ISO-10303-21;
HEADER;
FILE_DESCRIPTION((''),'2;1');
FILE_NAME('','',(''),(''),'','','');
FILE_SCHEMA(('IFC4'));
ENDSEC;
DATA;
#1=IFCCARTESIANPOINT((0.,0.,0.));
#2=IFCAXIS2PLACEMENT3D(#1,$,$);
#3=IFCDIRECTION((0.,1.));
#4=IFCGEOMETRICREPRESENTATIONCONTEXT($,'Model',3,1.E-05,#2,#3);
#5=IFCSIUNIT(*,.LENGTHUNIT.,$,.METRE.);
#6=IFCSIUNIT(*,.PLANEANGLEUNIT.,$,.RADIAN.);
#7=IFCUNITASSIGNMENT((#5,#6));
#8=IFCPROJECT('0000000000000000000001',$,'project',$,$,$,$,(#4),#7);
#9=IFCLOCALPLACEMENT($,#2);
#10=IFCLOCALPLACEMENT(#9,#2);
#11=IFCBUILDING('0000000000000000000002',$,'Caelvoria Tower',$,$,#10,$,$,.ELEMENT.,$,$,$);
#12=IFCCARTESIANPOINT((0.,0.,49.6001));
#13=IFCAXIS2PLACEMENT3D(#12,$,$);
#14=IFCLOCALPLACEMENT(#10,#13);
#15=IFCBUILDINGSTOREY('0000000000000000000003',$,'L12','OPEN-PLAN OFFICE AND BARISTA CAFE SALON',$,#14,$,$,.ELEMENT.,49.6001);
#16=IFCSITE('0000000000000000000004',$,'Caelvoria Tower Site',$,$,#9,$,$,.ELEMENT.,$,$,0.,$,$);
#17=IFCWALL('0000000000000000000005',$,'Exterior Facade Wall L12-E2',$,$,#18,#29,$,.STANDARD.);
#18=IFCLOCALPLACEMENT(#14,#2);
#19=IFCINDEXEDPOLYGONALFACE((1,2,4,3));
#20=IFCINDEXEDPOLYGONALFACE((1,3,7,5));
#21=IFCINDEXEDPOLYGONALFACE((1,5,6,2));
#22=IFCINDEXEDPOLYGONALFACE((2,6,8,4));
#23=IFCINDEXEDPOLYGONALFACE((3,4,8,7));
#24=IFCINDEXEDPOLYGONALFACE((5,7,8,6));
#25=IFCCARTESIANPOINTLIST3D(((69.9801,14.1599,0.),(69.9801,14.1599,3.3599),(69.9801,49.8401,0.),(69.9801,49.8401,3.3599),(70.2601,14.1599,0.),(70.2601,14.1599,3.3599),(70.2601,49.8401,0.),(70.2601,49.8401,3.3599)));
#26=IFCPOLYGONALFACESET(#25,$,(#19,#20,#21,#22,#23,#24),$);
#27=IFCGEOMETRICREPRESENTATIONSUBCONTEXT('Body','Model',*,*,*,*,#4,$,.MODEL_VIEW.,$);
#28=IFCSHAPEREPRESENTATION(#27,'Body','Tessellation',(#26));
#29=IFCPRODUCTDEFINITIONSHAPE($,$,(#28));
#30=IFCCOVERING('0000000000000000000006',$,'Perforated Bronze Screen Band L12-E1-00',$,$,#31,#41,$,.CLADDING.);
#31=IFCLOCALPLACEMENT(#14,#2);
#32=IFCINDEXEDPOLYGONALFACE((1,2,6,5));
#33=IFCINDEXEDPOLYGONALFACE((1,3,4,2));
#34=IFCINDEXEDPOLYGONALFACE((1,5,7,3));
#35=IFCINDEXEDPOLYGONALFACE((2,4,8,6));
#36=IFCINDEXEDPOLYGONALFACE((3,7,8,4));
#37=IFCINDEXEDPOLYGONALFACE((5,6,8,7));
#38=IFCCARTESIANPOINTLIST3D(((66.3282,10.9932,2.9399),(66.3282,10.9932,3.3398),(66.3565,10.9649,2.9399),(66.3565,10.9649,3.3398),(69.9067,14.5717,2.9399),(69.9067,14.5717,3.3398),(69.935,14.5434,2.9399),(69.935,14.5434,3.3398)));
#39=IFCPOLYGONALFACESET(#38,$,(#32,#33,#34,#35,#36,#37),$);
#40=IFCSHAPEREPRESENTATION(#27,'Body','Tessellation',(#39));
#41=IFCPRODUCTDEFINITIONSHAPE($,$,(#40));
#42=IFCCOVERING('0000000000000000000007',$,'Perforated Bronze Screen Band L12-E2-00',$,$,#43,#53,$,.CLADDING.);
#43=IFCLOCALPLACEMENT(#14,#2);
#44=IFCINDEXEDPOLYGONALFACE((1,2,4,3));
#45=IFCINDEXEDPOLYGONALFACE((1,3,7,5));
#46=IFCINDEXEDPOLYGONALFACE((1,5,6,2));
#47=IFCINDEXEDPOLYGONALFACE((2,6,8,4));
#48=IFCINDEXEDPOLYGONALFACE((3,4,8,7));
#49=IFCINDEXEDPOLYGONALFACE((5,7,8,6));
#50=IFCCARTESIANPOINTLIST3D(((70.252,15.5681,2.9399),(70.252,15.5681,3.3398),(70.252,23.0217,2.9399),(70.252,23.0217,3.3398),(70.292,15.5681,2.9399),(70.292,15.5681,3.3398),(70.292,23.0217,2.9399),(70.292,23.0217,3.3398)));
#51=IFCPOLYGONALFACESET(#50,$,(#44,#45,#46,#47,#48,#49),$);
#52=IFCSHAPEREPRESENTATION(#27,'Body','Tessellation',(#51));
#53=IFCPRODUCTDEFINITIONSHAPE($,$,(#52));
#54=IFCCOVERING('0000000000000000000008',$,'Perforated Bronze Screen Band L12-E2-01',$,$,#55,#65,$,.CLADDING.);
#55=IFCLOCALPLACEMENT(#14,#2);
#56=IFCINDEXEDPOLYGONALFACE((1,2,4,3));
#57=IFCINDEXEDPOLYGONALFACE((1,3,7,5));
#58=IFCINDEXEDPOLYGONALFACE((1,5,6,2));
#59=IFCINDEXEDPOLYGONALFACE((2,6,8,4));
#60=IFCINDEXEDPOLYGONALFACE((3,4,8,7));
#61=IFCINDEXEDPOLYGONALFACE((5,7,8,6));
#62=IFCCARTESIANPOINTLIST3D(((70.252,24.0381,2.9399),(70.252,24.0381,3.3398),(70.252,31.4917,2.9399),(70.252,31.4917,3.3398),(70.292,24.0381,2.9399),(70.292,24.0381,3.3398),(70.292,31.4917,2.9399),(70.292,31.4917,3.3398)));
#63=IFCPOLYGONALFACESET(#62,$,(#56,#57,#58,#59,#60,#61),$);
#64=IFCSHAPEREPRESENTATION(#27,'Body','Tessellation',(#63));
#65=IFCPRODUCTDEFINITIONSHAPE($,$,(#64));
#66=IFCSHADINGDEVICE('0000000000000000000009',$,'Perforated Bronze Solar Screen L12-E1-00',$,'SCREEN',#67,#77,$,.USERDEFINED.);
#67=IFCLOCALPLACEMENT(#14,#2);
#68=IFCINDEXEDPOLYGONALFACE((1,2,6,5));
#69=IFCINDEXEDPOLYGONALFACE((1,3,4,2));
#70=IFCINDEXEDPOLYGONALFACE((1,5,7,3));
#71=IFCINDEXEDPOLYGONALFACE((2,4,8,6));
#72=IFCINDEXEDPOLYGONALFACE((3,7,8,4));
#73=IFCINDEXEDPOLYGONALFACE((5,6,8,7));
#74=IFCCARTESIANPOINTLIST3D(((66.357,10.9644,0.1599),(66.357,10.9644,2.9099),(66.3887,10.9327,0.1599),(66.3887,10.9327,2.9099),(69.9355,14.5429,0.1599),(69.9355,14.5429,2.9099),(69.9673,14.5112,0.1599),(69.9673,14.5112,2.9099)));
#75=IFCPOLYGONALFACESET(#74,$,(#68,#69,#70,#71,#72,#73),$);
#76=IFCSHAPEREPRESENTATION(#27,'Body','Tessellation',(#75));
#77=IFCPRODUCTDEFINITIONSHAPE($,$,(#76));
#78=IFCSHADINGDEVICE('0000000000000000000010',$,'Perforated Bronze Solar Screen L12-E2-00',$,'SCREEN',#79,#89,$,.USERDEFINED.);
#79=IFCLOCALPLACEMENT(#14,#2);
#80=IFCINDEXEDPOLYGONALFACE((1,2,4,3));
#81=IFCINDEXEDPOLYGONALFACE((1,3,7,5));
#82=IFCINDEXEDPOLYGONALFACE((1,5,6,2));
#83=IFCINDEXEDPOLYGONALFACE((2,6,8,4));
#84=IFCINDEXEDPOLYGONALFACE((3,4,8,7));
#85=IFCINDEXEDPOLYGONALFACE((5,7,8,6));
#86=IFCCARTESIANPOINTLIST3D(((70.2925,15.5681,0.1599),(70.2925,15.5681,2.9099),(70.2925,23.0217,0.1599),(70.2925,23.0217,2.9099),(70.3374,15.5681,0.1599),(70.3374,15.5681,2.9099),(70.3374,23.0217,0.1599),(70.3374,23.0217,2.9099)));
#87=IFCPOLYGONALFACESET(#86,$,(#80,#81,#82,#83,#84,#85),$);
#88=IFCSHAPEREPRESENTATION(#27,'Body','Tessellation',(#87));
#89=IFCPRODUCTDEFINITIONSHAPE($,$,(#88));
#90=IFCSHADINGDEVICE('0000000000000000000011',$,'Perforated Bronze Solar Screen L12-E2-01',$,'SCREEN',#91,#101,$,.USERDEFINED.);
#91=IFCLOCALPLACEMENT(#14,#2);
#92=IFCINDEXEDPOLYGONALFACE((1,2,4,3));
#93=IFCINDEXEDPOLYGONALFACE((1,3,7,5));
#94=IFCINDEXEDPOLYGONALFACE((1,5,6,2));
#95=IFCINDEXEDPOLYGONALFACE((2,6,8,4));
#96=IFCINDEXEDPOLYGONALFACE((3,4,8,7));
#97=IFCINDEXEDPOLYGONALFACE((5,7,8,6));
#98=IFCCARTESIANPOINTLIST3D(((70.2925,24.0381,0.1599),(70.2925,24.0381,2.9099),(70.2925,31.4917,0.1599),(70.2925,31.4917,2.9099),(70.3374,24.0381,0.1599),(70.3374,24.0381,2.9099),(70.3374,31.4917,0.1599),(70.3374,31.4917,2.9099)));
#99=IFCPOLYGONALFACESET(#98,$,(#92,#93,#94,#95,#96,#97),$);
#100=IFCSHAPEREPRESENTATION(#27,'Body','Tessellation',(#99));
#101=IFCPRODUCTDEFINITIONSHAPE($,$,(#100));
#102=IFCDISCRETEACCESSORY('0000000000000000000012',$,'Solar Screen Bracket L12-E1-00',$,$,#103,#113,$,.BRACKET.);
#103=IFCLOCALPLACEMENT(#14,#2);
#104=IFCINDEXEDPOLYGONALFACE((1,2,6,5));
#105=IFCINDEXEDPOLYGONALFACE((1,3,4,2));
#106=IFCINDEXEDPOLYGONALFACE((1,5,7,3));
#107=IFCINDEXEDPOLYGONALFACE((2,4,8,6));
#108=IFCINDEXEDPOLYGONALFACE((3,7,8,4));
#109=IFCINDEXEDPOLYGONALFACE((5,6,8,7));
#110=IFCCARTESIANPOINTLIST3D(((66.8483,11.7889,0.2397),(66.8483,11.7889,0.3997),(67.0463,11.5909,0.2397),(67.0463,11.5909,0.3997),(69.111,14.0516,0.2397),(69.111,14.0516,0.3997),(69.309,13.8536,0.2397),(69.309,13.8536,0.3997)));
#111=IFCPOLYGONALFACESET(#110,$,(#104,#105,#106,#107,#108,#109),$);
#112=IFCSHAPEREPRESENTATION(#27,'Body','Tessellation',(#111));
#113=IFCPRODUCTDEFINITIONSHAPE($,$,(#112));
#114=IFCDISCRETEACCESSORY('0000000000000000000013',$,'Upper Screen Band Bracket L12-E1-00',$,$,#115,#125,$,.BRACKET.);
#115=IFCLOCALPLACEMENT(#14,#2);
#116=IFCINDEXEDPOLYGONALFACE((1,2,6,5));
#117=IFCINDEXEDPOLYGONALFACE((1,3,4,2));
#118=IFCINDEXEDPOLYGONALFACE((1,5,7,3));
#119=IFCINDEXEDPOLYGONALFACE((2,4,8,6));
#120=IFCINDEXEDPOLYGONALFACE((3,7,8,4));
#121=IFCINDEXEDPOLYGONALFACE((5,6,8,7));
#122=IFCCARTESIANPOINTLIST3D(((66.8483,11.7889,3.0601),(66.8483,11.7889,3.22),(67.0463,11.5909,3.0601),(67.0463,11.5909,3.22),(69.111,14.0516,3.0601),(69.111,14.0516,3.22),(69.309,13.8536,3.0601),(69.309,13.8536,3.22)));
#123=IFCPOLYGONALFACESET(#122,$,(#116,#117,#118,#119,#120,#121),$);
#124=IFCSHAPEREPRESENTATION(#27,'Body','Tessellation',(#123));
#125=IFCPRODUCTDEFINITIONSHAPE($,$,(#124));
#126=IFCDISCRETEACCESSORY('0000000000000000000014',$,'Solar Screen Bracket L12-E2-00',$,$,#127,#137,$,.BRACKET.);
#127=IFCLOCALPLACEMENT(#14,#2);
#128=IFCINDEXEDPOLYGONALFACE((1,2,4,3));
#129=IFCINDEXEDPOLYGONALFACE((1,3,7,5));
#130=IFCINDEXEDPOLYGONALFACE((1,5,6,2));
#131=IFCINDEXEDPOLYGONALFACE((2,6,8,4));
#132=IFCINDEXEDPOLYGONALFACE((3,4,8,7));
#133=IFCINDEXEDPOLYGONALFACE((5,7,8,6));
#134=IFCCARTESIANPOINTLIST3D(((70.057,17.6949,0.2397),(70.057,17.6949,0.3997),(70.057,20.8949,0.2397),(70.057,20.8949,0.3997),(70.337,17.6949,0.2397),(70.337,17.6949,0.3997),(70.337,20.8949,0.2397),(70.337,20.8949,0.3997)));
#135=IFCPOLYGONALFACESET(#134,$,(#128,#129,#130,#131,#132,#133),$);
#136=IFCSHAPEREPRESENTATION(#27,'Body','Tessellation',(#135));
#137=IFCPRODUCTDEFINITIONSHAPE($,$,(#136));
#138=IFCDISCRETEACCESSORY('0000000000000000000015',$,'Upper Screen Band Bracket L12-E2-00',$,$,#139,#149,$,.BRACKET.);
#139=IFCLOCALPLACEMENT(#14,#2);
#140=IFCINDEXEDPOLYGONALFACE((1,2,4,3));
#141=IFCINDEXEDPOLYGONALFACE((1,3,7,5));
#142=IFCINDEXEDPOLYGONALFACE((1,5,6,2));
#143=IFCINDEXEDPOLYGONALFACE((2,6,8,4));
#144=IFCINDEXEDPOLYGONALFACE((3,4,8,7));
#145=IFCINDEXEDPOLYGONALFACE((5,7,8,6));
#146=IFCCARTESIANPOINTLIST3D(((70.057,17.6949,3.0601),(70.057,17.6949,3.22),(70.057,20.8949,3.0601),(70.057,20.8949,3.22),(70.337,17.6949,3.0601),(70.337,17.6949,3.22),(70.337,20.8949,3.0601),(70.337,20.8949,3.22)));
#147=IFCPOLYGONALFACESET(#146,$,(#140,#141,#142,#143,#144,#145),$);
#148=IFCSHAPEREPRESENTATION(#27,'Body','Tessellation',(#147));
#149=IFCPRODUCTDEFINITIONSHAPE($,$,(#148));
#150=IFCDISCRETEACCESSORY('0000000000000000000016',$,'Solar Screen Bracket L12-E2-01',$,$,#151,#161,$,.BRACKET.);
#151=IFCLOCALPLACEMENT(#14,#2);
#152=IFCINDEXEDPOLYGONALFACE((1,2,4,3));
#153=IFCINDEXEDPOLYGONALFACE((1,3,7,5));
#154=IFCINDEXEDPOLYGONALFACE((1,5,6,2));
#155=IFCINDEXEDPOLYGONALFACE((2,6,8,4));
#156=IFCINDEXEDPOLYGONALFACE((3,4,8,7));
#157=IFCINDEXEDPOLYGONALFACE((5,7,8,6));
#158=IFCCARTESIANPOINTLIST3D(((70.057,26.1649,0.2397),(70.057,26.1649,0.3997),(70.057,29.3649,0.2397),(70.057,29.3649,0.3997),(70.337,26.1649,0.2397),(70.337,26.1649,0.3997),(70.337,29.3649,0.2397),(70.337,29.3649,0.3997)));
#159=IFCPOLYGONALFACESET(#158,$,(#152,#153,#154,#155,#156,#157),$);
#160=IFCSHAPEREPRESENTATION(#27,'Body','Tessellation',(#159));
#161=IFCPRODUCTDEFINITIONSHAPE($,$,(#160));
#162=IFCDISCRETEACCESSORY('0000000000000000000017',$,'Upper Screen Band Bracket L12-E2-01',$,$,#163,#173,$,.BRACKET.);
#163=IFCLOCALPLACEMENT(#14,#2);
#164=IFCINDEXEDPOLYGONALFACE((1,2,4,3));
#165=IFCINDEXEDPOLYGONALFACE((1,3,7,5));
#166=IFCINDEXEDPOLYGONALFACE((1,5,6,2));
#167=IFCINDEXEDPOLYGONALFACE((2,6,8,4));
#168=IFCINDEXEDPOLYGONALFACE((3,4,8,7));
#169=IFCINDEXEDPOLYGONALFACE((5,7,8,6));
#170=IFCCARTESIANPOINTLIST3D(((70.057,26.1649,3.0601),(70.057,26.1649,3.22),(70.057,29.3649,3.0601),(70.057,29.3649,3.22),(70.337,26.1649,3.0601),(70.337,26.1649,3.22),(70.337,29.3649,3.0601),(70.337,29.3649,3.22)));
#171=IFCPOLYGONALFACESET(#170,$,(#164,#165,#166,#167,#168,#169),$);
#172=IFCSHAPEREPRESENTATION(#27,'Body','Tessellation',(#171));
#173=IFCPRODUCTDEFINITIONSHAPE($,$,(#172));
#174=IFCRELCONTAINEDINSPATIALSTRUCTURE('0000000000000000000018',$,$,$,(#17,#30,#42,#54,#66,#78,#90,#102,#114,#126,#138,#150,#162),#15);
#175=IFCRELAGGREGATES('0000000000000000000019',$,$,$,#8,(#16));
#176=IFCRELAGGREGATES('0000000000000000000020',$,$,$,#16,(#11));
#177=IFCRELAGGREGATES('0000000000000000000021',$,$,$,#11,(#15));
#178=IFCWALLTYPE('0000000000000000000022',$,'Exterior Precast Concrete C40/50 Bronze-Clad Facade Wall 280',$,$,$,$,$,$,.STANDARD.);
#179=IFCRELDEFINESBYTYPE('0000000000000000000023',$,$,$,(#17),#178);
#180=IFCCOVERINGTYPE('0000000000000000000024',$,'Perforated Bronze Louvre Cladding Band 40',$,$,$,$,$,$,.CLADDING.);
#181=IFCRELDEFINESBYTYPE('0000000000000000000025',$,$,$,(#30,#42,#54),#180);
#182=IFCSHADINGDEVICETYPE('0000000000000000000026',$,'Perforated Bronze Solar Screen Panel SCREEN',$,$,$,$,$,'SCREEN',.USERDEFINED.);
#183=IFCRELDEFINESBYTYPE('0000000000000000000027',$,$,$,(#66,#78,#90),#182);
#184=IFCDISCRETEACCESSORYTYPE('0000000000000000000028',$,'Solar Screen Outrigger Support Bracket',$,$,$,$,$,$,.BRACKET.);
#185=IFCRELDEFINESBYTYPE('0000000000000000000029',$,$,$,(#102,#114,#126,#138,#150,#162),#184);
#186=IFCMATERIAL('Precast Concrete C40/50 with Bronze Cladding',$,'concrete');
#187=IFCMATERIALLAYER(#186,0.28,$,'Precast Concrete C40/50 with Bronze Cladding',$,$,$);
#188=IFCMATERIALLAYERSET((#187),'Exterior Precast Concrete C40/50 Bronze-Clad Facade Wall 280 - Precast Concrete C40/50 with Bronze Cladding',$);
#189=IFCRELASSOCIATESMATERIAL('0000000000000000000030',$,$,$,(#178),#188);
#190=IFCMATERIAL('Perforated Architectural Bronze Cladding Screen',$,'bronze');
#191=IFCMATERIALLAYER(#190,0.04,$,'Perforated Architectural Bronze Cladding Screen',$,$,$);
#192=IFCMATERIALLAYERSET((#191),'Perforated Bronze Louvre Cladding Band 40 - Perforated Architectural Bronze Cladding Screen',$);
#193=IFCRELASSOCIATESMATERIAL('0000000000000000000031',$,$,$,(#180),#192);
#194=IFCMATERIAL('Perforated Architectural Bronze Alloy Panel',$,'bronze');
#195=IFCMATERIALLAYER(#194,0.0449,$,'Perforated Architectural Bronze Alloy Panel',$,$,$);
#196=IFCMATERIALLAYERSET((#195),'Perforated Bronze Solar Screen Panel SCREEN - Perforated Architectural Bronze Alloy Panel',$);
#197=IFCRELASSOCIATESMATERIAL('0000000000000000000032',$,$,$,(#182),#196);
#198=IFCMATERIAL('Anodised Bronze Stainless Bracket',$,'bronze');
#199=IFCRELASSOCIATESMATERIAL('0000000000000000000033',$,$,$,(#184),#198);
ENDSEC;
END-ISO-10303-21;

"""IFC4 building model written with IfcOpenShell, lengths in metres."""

from ifc_helpers import new_model, si_unit, direction, frame, frame_2d, origin, origin_2d, place, context, subcontext, project, spatial, rectangle, extrude, material, layer, layer_set, type_object, element, save


model = new_model("IFC4")

# Units and contexts
model_context = context("Model", 3, precision=1e-05, world=origin(), true_north=direction((0.0, 1.0)))
body_context = subcontext(model_context, "Body", "Model", "MODEL_VIEW")
ifc_project = project(units=[si_unit("LENGTHUNIT", "METRE"), si_unit("PLANEANGLEUNIT", "RADIAN")], contexts=[model_context])

# Site, building, storey
site_placement = place(None, origin())
site = spatial("IfcSite", under=ifc_project, at=site_placement, Name="Caelvoria Tower Site", CompositionType="ELEMENT", RefElevation=0.0)
building_placement = place(site_placement, origin())
building = spatial("IfcBuilding", under=site, at=building_placement, Name="Caelvoria Tower", CompositionType="ELEMENT")
storey_placement = place(building_placement, frame((0.0, 0.0, 49.6001)))
storey = spatial("IfcBuildingStorey", under=building, at=storey_placement, Name="L12", Description="OPEN-PLAN OFFICE AND BARISTA CAFE SALON", CompositionType="ELEMENT", Elevation=49.6001)

# Wall
ifc_material_1 = material(Name="Precast Concrete C40/50 with Bronze Cladding", Category="concrete")
ifc_layer_1 = layer(ifc_material_1, 0.28, Name="Precast Concrete C40/50 with Bronze Cladding")
ifc_layer_set_1 = layer_set([ifc_layer_1], Name="Exterior Precast Concrete C40/50 Bronze-Clad Facade Wall 280 - Precast Concrete C40/50 with Bronze Cladding")
wall_type = type_object("IfcWallType", Name="Exterior Precast Concrete C40/50 Bronze-Clad Facade Wall 280", PredefinedType="STANDARD", material=ifc_layer_set_1)
wall_1_placement = place(storey_placement, frame((70.1201, 14.1599, 0.0), z_axis=(0.0, 0.0, 1.0), x_axis=(0.0, 1.0, 0.0)))
element("IfcWall", 1, at=wall_1_placement, inside=storey, type_object=wall_type, Name="Exterior Facade Wall L12-E2", PredefinedType="STANDARD", context=body_context, shape_type="SweptSolid", body=[
    extrude(rectangle(XDim=35.6802, YDim=0.28, at=frame_2d((17.8401, 0.0))), origin(), (0.0, 0.0, 1.0), 3.3599),
])

# Coverings
ifc_material_2 = material(Name="Perforated Architectural Bronze Cladding Screen", Category="bronze")
ifc_layer_2 = layer(ifc_material_2, 0.04, Name="Perforated Architectural Bronze Cladding Screen")
ifc_layer_set_2 = layer_set([ifc_layer_2], Name="Perforated Bronze Louvre Cladding Band 40 - Perforated Architectural Bronze Cladding Screen")
covering_type = type_object("IfcCoveringType", Name="Perforated Bronze Louvre Cladding Band 40", PredefinedType="CLADDING", material=ifc_layer_set_2)
covering_placement = place(storey_placement, frame((68.1316, 12.7683, 2.9399), z_axis=(0.0, 0.0, 1.0), x_axis=(0.707107, 0.707107, 0.0)))
element("IfcCovering", 2, at=covering_placement, inside=storey, type_object=covering_type, Name="Perforated Bronze Screen Band L12-E1-00", PredefinedType="CLADDING", context=body_context, shape_type="SweptSolid", body=[
    extrude(rectangle(XDim=5.0608, YDim=0.04, at=origin_2d()), origin(), (0.0, 0.0, 1.0), 0.3999),
])
for number, where, z_axis, x_axis, name in (
    (3, (70.272, 19.2949, 2.9399), (0.0, 0.0, 1.0), (0.0, 1.0, 0.0), "Perforated Bronze Screen Band L12-E2-00"),
    (4, (70.272, 27.7649, 2.9399), (0.0, 0.0, 1.0), (0.0, 1.0, 0.0), "Perforated Bronze Screen Band L12-E2-01"),
):
    element("IfcCovering", number, at=place(storey_placement, frame(where, z_axis=z_axis, x_axis=x_axis)), inside=storey, type_object=covering_type, Name=name, PredefinedType="CLADDING", context=body_context, shape_type="SweptSolid", body=[
        extrude(rectangle(XDim=7.4536, YDim=0.04, at=origin_2d()), origin(), (0.0, 0.0, 1.0), 0.3999),
    ])

# Shading devices
ifc_material_3 = material(Name="Perforated Architectural Bronze Alloy Panel", Category="bronze")
ifc_layer_3 = layer(ifc_material_3, 0.0449, Name="Perforated Architectural Bronze Alloy Panel")
ifc_layer_set_3 = layer_set([ifc_layer_3], Name="Perforated Bronze Solar Screen Panel SCREEN - Perforated Architectural Bronze Alloy Panel")
shading_device_type = type_object("IfcShadingDeviceType", Name="Perforated Bronze Solar Screen Panel SCREEN", ElementType="SCREEN", PredefinedType="USERDEFINED", material=ifc_layer_set_3)
shading_device_placement = place(storey_placement, frame((68.1621, 12.7378, 0.1599), z_axis=(0.0, 0.0, 1.0), x_axis=(0.707107, 0.707107, 0.0)))
element("IfcShadingDevice", 5, at=shading_device_placement, inside=storey, type_object=shading_device_type, Name="Perforated Bronze Solar Screen L12-E1-00", ObjectType="SCREEN", PredefinedType="USERDEFINED", context=body_context, shape_type="SweptSolid", body=[
    extrude(rectangle(XDim=5.0608, YDim=0.0449, at=origin_2d()), origin(), (0.0, 0.0, 1.0), 2.75),
])
for number, where, z_axis, x_axis, name in (
    (6, (70.3149, 19.2949, 0.1599), (0.0, 0.0, 1.0), (0.0, 1.0, 0.0), "Perforated Bronze Solar Screen L12-E2-00"),
    (7, (70.3149, 27.7649, 0.1599), (0.0, 0.0, 1.0), (0.0, 1.0, 0.0), "Perforated Bronze Solar Screen L12-E2-01"),
):
    element("IfcShadingDevice", number, at=place(storey_placement, frame(where, z_axis=z_axis, x_axis=x_axis)), inside=storey, type_object=shading_device_type, Name=name, ObjectType="SCREEN", PredefinedType="USERDEFINED", context=body_context, shape_type="SweptSolid", body=[
        extrude(rectangle(XDim=7.4536, YDim=0.0449, at=origin_2d()), origin(), (0.0, 0.0, 1.0), 2.75),
    ])

# Discrete accessories
ifc_material_4 = material(Name="Anodised Bronze Stainless Bracket", Category="bronze")
discrete_accessory_type = type_object("IfcDiscreteAccessoryType", Name="Solar Screen Outrigger Support Bracket", PredefinedType="BRACKET", material=ifc_material_4)
for number, where, z_axis, x_axis, name in (
    (8, (68.0786, 12.8213, 0.2397), (0.0, 0.0, 1.0), (0.707107, 0.707107, 0.0), "Solar Screen Bracket L12-E1-00"),
    (9, (68.0786, 12.8213, 3.0601), (0.0, 0.0, 1.0), (0.707107, 0.707107, 0.0), "Upper Screen Band Bracket L12-E1-00"),
    (10, (70.197, 19.2949, 0.2397), (0.0, 0.0, 1.0), (0.0, 1.0, 0.0), "Solar Screen Bracket L12-E2-00"),
    (11, (70.197, 19.2949, 3.0601), (0.0, 0.0, 1.0), (0.0, 1.0, 0.0), "Upper Screen Band Bracket L12-E2-00"),
    (12, (70.197, 27.7649, 0.2397), (0.0, 0.0, 1.0), (0.0, 1.0, 0.0), "Solar Screen Bracket L12-E2-01"),
    (13, (70.197, 27.7649, 3.0601), (0.0, 0.0, 1.0), (0.0, 1.0, 0.0), "Upper Screen Band Bracket L12-E2-01"),
):
    element("IfcDiscreteAccessory", number, at=place(storey_placement, frame(where, z_axis=z_axis, x_axis=x_axis)), inside=storey, type_object=discrete_accessory_type, Name=name, PredefinedType="BRACKET", context=body_context, shape_type="SweptSolid", body=[
        extrude(rectangle(XDim=3.2, YDim=0.28, at=origin_2d()), origin(), (0.0, 0.0, 1.0), 0.1599),
    ])

save(model, "model.ifc")
